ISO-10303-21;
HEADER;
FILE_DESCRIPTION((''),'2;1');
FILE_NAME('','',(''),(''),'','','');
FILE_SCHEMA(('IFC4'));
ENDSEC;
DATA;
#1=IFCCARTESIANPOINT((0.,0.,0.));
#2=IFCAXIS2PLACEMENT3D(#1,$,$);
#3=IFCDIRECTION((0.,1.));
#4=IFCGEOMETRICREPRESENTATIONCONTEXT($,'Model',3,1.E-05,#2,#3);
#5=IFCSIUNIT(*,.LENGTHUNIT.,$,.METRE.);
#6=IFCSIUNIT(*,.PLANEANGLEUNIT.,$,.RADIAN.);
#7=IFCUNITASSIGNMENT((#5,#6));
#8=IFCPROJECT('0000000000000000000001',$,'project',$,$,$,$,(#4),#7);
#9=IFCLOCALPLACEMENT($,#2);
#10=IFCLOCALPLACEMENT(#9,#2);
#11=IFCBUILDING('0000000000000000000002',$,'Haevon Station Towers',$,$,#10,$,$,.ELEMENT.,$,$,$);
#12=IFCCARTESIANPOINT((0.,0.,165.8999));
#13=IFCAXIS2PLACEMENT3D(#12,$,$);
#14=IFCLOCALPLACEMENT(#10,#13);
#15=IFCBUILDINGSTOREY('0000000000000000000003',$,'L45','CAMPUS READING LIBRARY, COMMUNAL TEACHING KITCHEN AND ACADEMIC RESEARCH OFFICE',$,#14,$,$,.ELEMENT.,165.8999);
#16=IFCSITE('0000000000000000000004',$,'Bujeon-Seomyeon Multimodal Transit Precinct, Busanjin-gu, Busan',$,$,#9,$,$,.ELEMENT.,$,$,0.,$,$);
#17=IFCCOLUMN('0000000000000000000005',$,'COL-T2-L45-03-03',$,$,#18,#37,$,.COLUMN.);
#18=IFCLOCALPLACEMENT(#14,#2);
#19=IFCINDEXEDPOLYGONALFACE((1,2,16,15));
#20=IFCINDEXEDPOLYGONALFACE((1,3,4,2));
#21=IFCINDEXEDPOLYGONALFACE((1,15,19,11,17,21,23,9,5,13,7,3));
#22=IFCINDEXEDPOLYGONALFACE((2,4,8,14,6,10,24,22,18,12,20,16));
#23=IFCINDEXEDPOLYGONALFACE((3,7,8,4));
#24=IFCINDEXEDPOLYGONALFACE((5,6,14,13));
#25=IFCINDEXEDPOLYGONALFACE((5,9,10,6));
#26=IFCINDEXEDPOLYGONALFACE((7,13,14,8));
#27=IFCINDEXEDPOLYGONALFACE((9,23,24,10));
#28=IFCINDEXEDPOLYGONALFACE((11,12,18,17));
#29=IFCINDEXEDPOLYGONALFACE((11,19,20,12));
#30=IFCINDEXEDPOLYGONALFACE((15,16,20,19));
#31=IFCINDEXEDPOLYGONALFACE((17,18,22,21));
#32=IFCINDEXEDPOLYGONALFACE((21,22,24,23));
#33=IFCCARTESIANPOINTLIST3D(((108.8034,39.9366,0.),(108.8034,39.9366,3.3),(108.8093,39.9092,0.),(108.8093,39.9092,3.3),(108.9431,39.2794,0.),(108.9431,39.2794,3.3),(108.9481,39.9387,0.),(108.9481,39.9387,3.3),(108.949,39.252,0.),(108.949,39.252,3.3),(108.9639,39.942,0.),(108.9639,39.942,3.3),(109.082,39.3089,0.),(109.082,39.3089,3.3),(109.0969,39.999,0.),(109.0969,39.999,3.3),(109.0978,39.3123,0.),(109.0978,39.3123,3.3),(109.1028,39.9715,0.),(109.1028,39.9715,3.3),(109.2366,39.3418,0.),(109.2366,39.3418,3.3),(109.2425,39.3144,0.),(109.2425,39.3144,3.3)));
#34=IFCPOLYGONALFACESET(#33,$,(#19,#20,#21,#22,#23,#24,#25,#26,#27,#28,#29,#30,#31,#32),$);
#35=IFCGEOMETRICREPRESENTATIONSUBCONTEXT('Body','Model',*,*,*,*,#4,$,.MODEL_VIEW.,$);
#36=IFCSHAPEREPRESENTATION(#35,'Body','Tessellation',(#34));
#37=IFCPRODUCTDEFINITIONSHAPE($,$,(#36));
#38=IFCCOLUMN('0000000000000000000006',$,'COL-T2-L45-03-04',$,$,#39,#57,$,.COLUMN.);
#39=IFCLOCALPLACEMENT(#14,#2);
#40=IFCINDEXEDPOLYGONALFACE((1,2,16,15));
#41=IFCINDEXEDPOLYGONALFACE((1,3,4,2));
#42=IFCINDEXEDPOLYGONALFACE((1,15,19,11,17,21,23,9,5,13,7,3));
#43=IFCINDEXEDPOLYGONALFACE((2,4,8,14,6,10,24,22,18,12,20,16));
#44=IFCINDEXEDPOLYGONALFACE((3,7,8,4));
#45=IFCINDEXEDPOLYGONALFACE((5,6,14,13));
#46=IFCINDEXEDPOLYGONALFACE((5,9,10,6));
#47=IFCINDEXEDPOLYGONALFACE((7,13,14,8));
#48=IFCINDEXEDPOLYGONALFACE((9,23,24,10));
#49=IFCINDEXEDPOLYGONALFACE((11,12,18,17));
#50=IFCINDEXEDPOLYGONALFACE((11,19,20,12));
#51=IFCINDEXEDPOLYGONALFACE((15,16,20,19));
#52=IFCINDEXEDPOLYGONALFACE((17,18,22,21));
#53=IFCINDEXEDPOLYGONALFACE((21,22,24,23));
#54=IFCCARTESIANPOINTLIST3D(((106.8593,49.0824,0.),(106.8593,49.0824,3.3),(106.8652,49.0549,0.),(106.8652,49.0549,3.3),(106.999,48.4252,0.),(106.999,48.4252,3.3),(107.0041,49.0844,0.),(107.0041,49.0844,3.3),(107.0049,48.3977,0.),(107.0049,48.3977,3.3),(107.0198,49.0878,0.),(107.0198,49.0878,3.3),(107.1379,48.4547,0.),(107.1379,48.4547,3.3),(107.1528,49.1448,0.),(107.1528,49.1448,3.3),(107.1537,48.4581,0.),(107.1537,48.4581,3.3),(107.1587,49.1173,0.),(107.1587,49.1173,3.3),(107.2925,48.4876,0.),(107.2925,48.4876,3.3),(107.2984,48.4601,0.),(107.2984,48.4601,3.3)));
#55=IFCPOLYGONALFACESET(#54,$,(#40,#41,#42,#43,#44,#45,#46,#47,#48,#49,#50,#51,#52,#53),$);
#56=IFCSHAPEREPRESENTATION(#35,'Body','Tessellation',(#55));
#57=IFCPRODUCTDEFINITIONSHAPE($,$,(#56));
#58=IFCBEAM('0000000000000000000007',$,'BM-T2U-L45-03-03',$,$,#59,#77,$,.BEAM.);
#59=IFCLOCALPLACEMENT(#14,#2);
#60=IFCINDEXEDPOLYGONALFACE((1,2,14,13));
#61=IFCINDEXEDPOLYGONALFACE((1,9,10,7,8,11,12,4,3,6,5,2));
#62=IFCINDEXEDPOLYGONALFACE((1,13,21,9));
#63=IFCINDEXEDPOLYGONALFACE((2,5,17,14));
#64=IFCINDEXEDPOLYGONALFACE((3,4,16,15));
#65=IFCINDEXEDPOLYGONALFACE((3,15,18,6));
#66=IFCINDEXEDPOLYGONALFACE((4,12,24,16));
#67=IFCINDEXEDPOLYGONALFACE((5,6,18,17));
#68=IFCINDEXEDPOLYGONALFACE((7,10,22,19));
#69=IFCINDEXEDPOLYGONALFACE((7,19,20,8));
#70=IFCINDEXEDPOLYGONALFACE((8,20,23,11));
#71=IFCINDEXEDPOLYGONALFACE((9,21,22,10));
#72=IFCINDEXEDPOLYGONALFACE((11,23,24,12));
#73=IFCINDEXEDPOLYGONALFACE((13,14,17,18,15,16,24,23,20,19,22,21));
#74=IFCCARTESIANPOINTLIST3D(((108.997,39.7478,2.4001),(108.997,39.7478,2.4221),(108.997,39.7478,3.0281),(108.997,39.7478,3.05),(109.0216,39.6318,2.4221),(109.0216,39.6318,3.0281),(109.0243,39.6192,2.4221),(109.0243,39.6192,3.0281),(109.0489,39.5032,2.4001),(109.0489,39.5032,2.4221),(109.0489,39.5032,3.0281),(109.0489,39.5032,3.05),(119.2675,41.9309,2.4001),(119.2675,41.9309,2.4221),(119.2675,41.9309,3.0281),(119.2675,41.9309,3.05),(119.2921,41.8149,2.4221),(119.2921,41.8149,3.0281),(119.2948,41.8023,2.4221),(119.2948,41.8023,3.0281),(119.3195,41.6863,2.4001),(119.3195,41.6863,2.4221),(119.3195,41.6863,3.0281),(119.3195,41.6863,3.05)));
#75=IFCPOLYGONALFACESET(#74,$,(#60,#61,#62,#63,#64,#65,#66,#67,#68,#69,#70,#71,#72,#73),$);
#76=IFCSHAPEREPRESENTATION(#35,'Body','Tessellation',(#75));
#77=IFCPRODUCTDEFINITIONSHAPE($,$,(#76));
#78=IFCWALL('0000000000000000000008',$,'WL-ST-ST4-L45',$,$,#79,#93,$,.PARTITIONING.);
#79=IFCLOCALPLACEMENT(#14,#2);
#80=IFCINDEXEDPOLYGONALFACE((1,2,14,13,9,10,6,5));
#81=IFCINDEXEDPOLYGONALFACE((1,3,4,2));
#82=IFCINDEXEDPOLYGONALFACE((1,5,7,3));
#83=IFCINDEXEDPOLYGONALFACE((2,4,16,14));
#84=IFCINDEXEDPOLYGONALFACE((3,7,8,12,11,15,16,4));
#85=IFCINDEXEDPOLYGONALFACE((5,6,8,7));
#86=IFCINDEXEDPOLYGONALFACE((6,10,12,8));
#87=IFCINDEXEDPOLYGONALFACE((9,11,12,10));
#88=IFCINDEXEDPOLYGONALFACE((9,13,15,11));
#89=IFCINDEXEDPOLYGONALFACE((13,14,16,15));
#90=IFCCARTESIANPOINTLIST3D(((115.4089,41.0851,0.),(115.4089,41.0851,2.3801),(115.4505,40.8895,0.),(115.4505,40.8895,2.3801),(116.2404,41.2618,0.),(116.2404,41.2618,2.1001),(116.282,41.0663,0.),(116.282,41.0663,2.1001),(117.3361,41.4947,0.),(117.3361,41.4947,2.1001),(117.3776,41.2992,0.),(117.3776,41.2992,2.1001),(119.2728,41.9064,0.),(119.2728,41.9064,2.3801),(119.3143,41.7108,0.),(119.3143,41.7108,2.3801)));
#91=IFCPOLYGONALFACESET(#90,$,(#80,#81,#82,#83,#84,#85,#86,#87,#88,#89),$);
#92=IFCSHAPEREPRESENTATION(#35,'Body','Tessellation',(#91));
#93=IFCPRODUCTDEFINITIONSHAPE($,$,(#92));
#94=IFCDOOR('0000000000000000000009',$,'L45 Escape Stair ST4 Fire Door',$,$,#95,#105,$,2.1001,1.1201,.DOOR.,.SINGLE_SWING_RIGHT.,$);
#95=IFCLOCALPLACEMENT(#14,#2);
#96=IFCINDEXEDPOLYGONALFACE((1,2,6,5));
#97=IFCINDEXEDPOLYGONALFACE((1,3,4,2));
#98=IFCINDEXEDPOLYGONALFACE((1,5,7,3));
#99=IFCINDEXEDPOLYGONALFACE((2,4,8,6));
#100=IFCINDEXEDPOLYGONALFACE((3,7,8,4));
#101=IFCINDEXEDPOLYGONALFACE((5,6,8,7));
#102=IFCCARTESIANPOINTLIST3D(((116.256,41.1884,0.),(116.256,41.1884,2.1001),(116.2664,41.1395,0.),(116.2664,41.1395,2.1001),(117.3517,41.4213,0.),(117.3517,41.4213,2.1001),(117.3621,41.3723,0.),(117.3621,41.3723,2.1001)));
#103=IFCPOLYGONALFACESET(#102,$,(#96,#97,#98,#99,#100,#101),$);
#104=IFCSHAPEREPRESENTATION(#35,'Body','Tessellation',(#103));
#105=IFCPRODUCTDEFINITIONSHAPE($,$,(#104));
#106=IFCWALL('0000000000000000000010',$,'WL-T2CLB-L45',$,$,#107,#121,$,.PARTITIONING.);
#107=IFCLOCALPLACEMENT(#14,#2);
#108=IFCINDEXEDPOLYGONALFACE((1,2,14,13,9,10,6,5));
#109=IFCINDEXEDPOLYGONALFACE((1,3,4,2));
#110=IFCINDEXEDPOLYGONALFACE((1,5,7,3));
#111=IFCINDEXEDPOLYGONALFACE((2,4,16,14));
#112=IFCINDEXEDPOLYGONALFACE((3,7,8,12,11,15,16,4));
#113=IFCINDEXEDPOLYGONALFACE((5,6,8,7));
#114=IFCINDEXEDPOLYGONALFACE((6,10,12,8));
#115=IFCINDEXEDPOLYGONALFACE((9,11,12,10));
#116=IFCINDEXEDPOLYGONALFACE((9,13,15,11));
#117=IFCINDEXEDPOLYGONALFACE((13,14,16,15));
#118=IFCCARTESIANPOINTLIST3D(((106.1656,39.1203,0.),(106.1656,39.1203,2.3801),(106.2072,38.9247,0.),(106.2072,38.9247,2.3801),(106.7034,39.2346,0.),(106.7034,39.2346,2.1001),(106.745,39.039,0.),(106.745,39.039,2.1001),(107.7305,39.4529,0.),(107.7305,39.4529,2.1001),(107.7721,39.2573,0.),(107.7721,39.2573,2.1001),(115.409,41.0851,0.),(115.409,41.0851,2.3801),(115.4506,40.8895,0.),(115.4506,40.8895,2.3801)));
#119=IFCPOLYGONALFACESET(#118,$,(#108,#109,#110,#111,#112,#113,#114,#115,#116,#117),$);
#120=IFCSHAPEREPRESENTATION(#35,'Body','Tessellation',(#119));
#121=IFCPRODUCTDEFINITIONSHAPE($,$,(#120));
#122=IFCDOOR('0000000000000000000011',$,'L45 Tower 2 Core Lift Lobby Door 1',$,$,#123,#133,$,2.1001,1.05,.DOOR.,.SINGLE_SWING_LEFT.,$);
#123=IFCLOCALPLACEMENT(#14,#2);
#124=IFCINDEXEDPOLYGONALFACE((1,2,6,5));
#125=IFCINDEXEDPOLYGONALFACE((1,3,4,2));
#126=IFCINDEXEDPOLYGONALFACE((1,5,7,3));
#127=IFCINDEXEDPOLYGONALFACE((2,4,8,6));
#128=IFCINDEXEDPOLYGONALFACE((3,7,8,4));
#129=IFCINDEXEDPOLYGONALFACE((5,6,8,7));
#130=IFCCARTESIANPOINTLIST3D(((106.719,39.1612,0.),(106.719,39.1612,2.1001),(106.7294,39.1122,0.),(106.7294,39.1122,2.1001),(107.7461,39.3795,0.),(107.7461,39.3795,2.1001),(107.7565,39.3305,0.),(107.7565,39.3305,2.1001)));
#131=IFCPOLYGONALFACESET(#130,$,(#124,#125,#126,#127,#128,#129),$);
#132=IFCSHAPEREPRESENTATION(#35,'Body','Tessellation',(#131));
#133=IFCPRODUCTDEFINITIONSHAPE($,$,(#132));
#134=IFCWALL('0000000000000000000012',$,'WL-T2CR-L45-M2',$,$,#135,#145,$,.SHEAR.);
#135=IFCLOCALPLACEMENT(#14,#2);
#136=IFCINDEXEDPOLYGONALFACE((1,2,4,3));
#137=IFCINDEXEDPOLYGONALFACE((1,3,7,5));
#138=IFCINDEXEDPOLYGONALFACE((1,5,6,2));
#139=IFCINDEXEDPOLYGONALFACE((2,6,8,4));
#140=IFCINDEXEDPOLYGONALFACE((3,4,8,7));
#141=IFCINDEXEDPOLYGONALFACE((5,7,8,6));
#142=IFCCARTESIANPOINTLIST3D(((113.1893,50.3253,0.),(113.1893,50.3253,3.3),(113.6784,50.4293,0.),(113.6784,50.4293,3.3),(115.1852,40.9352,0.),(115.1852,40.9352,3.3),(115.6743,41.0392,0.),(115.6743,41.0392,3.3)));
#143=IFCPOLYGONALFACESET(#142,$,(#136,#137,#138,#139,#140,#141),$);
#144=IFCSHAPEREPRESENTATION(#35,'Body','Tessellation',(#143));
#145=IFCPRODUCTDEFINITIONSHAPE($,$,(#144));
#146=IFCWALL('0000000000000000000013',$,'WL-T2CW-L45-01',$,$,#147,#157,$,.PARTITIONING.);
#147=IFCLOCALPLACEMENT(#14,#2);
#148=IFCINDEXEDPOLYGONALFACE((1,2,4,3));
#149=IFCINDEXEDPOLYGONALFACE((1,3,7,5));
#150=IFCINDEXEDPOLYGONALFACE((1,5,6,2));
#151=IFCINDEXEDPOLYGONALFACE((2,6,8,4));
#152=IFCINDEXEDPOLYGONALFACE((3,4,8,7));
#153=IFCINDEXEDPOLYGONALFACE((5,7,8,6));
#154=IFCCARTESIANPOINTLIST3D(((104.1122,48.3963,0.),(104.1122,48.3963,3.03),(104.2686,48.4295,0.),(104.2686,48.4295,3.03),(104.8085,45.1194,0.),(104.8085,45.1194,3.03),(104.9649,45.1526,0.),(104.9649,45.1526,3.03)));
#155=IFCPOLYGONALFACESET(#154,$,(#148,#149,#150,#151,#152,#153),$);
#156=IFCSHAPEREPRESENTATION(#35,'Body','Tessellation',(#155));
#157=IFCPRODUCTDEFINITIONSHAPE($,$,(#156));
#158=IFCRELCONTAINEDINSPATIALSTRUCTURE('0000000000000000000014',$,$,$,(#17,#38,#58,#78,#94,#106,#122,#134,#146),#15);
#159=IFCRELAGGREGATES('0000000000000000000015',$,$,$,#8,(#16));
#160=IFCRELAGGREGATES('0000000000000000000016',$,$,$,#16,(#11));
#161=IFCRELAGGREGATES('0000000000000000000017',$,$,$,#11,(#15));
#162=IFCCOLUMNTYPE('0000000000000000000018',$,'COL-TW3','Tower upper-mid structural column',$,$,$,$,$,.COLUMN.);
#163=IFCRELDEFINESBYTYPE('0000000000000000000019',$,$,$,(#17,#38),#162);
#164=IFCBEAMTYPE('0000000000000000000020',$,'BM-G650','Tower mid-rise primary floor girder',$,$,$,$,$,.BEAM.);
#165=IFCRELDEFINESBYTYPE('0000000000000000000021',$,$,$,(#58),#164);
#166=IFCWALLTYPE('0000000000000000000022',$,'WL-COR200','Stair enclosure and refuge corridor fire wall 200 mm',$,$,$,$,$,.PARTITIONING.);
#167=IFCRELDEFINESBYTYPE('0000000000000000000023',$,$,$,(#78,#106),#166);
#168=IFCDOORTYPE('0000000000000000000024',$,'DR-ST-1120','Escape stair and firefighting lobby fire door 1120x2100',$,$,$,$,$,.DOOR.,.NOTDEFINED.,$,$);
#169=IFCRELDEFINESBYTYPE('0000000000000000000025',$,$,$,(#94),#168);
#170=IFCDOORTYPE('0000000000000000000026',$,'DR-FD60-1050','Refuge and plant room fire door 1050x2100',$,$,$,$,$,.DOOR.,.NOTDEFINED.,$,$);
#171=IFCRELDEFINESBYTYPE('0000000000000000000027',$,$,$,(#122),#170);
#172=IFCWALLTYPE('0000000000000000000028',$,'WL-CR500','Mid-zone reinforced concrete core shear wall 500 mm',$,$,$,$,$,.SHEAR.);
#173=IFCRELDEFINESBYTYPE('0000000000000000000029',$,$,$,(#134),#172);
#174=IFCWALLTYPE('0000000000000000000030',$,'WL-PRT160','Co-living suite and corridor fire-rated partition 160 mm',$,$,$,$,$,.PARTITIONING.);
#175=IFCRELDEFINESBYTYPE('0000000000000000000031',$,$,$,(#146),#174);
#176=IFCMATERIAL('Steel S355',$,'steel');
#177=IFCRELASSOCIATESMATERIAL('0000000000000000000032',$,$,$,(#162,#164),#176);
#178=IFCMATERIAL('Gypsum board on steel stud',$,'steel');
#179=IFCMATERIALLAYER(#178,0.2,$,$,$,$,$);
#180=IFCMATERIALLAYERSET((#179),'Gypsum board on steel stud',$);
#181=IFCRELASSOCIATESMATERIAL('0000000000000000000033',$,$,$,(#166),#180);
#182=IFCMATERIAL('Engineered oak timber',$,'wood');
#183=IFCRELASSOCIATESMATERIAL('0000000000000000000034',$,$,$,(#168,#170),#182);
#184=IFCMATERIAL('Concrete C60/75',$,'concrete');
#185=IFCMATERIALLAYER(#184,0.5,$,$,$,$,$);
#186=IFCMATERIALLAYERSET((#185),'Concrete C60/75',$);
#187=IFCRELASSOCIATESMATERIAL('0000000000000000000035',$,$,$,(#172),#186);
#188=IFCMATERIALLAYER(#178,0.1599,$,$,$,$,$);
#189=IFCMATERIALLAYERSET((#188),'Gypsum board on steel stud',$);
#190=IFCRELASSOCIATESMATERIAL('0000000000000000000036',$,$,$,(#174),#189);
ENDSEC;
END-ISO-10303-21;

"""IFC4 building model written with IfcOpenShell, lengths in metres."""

from ifc_helpers import new_model, si_unit, direction, frame, frame_2d, origin, origin_2d, place, context, subcontext, project, spatial, rectangle, i_section, extrude, material, layer, layer_set, material_profile, profile_set, type_object, element, fill, save


model = new_model("IFC4")

# Units and contexts
model_context = context("Model", 3, precision=1e-05, world=origin(), true_north=direction((0.0, 1.0)))
body_context = subcontext(model_context, "Body", "Model", "MODEL_VIEW")
ifc_project = project(units=[si_unit("LENGTHUNIT", "METRE"), si_unit("PLANEANGLEUNIT", "RADIAN")], contexts=[model_context])

# Site, building, storey
site_placement = place(None, origin())
site = spatial("IfcSite", under=ifc_project, at=site_placement, Name="Bujeon-Seomyeon Multimodal Transit Precinct, Busanjin-gu, Busan", CompositionType="ELEMENT", RefElevation=0.0)
building_placement = place(site_placement, origin())
building = spatial("IfcBuilding", under=site, at=building_placement, Name="Haevon Station Towers", CompositionType="ELEMENT")
storey_placement = place(building_placement, frame((0.0, 0.0, 165.8999)))
storey = spatial("IfcBuildingStorey", under=building, at=storey_placement, Name="L45", Description="CAMPUS READING LIBRARY, COMMUNAL TEACHING KITCHEN AND ACADEMIC RESEARCH OFFICE", CompositionType="ELEMENT", Elevation=165.8999)

# Columns
ifc_material_1 = material(Name="Steel S355", Category="steel")
ifc_material_profile_1 = material_profile(ifc_material_1, i_section(OverallWidth=0.3, OverallDepth=0.7, WebThickness=0.0161, FlangeThickness=0.0281, at=origin_2d()), Name="H-700x300x16x28")
ifc_profile_set_1 = profile_set([ifc_material_profile_1], Name="Steel S355")
column_type = type_object("IfcColumnType", Name="COL-TW3", Description="Tower upper-mid structural column", PredefinedType="COLUMN", material=ifc_profile_set_1)
for number, where, z_axis, x_axis, name in (
    (1, (109.0229, 39.6255, 0.0), (0.0, 0.0, 1.0), (0.978148, 0.207912, 0.0), "COL-T2-L45-03-03"),
    (2, (107.0789, 48.7712, 0.0), (0.0, 0.0, 1.0), (0.978148, 0.207912, 0.0), "COL-T2-L45-03-04"),
):
    element("IfcColumn", number, at=place(storey_placement, frame(where, z_axis=z_axis, x_axis=x_axis)), inside=storey, type_object=column_type, Name=name, PredefinedType="COLUMN", context=body_context, shape_type="SweptSolid", body=[
        extrude(i_section(OverallWidth=0.3, OverallDepth=0.7, WebThickness=0.0161, FlangeThickness=0.0281, at=origin_2d()), origin(), (0.0, 0.0, 1.0), 3.3),
    ])

# Beam
ifc_material_profile_2 = material_profile(ifc_material_1, i_section(OverallWidth=0.25, OverallDepth=0.6499, WebThickness=0.0129, FlangeThickness=0.022, at=origin_2d()), Name="H-650x250x13x22")
ifc_profile_set_2 = profile_set([ifc_material_profile_2], Name="Steel S355")
beam_type = type_object("IfcBeamType", Name="BM-G650", Description="Tower mid-rise primary floor girder", PredefinedType="BEAM", material=ifc_profile_set_2)
beam_placement = place(storey_placement, frame((109.0229, 39.6255, 2.7251), z_axis=(0.978147, 0.207915, 0.0), x_axis=(-0.207915, 0.978147, 0.0)))
element("IfcBeam", 3, at=beam_placement, inside=storey, type_object=beam_type, Name="BM-T2U-L45-03-03", PredefinedType="BEAM", context=body_context, shape_type="SweptSolid", body=[
    extrude(i_section(OverallWidth=0.25, OverallDepth=0.6499, WebThickness=0.0129, FlangeThickness=0.022, at=origin_2d()), origin(), (0.0, 0.0, 1.0), 10.5),
])

# Walls, openings, doors
ifc_material_2 = material(Name="Gypsum board on steel stud", Category="steel")
ifc_layer_1 = layer(ifc_material_2, 0.2)
ifc_layer_set_1 = layer_set([ifc_layer_1], Name="Gypsum board on steel stud")
wall_type_1 = type_object("IfcWallType", Name="WL-COR200", Description="Stair enclosure and refuge corridor fire wall 200 mm", PredefinedType="PARTITIONING", material=ifc_layer_set_1)
wall_1_placement = place(storey_placement, frame((115.4297, 40.9873, 0.0), z_axis=(0.0, 0.0, 1.0), x_axis=(0.978147, 0.207916, 0.0)))
wall_1 = element("IfcWall", 4, at=wall_1_placement, inside=storey, type_object=wall_type_1, Name="WL-ST-ST4-L45", PredefinedType="PARTITIONING", context=body_context, shape_type="SweptSolid", body=[
    extrude(rectangle(XDim=3.9502, YDim=0.2, at=frame_2d((1.9751, 0.0))), origin(), (0.0, 0.0, 1.0), 2.3801),
])
opening_1_placement = place(wall_1_placement, frame((0.8501, 0.0, 0.0)))
opening_1 = element("IfcOpeningElement", 5, at=opening_1_placement, cuts=wall_1, PredefinedType="OPENING", context=body_context, shape_type="SweptSolid", body=[
    extrude(rectangle(XDim=1.1201, YDim=2.1001, at=frame_2d((0.5601, 1.05))), frame((0.0, 0.1099, 0.0), z_axis=(0.0, -1.0, 0.0), x_axis=(1.0, 0.0, 0.0)), (0.0, 0.0, 1.0), 0.22),
])
ifc_material_3 = material(Name="Engineered oak timber", Category="wood")
door_type_1 = type_object("IfcDoorType", Name="DR-ST-1120", Description="Escape stair and firefighting lobby fire door 1120x2100", OperationType="NOTDEFINED", PredefinedType="DOOR", material=ifc_material_3)
door_1_placement = place(opening_1_placement, origin())
door_1 = element("IfcDoor", 6, at=door_1_placement, inside=storey, type_object=door_type_1, Name="L45 Escape Stair ST4 Fire Door", OperationType="SINGLE_SWING_RIGHT", OverallHeight=2.1001, OverallWidth=1.1201, PredefinedType="DOOR", context=body_context, shape_type="SweptSolid", body=[
    extrude(rectangle(XDim=1.1201, YDim=2.1001, at=frame_2d((0.5601, 1.05))), frame((0.0, 0.0249, 0.0), z_axis=(0.0, -1.0, 0.0), x_axis=(1.0, 0.0, 0.0)), (0.0, 0.0, 1.0), 0.05),
])
fill(opening_1, door_1)
wall_2_placement = place(storey_placement, frame((106.1863, 39.0225, 0.0), z_axis=(0.0, 0.0, 1.0), x_axis=(0.978146, 0.207921, 0.0)))
wall_2 = element("IfcWall", 7, at=wall_2_placement, inside=storey, type_object=wall_type_1, Name="WL-T2CLB-L45", PredefinedType="PARTITIONING", context=body_context, shape_type="SweptSolid", body=[
    extrude(rectangle(XDim=9.45, YDim=0.2, at=frame_2d((4.7251, 0.0))), origin(), (0.0, 0.0, 1.0), 2.3801),
])
opening_2_placement = place(wall_2_placement, frame((0.55, 0.0, 0.0)))
opening_2 = element("IfcOpeningElement", 8, at=opening_2_placement, cuts=wall_2, PredefinedType="OPENING", context=body_context, shape_type="SweptSolid", body=[
    extrude(rectangle(XDim=1.05, YDim=2.1001, at=frame_2d((0.5249, 1.05))), frame((0.0, 0.1099, 0.0), z_axis=(0.0, -1.0, 0.0), x_axis=(1.0, 0.0, 0.0)), (0.0, 0.0, 1.0), 0.22),
])
door_type_2 = type_object("IfcDoorType", Name="DR-FD60-1050", Description="Refuge and plant room fire door 1050x2100", OperationType="NOTDEFINED", PredefinedType="DOOR", material=ifc_material_3)
door_2_placement = place(opening_2_placement, origin())
door_2 = element("IfcDoor", 9, at=door_2_placement, inside=storey, type_object=door_type_2, Name="L45 Tower 2 Core Lift Lobby Door 1", OperationType="SINGLE_SWING_LEFT", OverallHeight=2.1001, OverallWidth=1.05, PredefinedType="DOOR", context=body_context, shape_type="SweptSolid", body=[
    extrude(rectangle(XDim=1.05, YDim=2.1001, at=frame_2d((0.5249, 1.05))), frame((0.0, 0.0249, 0.0), z_axis=(0.0, -1.0, 0.0), x_axis=(1.0, 0.0, 0.0)), (0.0, 0.0, 1.0), 0.05),
])
fill(opening_2, door_2)

# Walls
ifc_material_4 = material(Name="Concrete C60/75", Category="concrete")
ifc_layer_2 = layer(ifc_material_4, 0.5)
ifc_layer_set_2 = layer_set([ifc_layer_2], Name="Concrete C60/75")
wall_type_2 = type_object("IfcWallType", Name="WL-CR500", Description="Mid-zone reinforced concrete core shear wall 500 mm", PredefinedType="SHEAR", material=ifc_layer_set_2)
wall_3_placement = place(storey_placement, frame((115.4297, 40.9873, 0.0), z_axis=(0.0, 0.0, 1.0), x_axis=(-0.207903, 0.978149, 0.0)))
element("IfcWall", 10, at=wall_3_placement, inside=storey, type_object=wall_type_2, Name="WL-T2CR-L45-M2", PredefinedType="SHEAR", context=body_context, shape_type="SweptSolid", body=[
    extrude(rectangle(XDim=9.5999, YDim=0.5, at=frame_2d((4.7998, 0.0))), origin(), (0.0, 0.0, 1.0), 3.3),
])
ifc_layer_3 = layer(ifc_material_2, 0.1599)
ifc_layer_set_3 = layer_set([ifc_layer_3], Name="Gypsum board on steel stud")
wall_type_3 = type_object("IfcWallType", Name="WL-PRT160", Description="Co-living suite and corridor fire-rated partition 160 mm", PredefinedType="PARTITIONING", material=ifc_layer_set_3)
wall_4_placement = place(storey_placement, frame((104.8867, 45.136, 0.0), z_axis=(0.0, 0.0, 1.0), x_axis=(-0.207847, 0.978161, 0.0)))
element("IfcWall", 11, at=wall_4_placement, inside=storey, type_object=wall_type_3, Name="WL-T2CW-L45-01", PredefinedType="PARTITIONING", context=body_context, shape_type="SweptSolid", body=[
    extrude(rectangle(XDim=3.3501, YDim=0.1599, at=frame_2d((1.675, 0.0))), origin(), (0.0, 0.0, 1.0), 3.03),
])

save(model, "model.ifc")
